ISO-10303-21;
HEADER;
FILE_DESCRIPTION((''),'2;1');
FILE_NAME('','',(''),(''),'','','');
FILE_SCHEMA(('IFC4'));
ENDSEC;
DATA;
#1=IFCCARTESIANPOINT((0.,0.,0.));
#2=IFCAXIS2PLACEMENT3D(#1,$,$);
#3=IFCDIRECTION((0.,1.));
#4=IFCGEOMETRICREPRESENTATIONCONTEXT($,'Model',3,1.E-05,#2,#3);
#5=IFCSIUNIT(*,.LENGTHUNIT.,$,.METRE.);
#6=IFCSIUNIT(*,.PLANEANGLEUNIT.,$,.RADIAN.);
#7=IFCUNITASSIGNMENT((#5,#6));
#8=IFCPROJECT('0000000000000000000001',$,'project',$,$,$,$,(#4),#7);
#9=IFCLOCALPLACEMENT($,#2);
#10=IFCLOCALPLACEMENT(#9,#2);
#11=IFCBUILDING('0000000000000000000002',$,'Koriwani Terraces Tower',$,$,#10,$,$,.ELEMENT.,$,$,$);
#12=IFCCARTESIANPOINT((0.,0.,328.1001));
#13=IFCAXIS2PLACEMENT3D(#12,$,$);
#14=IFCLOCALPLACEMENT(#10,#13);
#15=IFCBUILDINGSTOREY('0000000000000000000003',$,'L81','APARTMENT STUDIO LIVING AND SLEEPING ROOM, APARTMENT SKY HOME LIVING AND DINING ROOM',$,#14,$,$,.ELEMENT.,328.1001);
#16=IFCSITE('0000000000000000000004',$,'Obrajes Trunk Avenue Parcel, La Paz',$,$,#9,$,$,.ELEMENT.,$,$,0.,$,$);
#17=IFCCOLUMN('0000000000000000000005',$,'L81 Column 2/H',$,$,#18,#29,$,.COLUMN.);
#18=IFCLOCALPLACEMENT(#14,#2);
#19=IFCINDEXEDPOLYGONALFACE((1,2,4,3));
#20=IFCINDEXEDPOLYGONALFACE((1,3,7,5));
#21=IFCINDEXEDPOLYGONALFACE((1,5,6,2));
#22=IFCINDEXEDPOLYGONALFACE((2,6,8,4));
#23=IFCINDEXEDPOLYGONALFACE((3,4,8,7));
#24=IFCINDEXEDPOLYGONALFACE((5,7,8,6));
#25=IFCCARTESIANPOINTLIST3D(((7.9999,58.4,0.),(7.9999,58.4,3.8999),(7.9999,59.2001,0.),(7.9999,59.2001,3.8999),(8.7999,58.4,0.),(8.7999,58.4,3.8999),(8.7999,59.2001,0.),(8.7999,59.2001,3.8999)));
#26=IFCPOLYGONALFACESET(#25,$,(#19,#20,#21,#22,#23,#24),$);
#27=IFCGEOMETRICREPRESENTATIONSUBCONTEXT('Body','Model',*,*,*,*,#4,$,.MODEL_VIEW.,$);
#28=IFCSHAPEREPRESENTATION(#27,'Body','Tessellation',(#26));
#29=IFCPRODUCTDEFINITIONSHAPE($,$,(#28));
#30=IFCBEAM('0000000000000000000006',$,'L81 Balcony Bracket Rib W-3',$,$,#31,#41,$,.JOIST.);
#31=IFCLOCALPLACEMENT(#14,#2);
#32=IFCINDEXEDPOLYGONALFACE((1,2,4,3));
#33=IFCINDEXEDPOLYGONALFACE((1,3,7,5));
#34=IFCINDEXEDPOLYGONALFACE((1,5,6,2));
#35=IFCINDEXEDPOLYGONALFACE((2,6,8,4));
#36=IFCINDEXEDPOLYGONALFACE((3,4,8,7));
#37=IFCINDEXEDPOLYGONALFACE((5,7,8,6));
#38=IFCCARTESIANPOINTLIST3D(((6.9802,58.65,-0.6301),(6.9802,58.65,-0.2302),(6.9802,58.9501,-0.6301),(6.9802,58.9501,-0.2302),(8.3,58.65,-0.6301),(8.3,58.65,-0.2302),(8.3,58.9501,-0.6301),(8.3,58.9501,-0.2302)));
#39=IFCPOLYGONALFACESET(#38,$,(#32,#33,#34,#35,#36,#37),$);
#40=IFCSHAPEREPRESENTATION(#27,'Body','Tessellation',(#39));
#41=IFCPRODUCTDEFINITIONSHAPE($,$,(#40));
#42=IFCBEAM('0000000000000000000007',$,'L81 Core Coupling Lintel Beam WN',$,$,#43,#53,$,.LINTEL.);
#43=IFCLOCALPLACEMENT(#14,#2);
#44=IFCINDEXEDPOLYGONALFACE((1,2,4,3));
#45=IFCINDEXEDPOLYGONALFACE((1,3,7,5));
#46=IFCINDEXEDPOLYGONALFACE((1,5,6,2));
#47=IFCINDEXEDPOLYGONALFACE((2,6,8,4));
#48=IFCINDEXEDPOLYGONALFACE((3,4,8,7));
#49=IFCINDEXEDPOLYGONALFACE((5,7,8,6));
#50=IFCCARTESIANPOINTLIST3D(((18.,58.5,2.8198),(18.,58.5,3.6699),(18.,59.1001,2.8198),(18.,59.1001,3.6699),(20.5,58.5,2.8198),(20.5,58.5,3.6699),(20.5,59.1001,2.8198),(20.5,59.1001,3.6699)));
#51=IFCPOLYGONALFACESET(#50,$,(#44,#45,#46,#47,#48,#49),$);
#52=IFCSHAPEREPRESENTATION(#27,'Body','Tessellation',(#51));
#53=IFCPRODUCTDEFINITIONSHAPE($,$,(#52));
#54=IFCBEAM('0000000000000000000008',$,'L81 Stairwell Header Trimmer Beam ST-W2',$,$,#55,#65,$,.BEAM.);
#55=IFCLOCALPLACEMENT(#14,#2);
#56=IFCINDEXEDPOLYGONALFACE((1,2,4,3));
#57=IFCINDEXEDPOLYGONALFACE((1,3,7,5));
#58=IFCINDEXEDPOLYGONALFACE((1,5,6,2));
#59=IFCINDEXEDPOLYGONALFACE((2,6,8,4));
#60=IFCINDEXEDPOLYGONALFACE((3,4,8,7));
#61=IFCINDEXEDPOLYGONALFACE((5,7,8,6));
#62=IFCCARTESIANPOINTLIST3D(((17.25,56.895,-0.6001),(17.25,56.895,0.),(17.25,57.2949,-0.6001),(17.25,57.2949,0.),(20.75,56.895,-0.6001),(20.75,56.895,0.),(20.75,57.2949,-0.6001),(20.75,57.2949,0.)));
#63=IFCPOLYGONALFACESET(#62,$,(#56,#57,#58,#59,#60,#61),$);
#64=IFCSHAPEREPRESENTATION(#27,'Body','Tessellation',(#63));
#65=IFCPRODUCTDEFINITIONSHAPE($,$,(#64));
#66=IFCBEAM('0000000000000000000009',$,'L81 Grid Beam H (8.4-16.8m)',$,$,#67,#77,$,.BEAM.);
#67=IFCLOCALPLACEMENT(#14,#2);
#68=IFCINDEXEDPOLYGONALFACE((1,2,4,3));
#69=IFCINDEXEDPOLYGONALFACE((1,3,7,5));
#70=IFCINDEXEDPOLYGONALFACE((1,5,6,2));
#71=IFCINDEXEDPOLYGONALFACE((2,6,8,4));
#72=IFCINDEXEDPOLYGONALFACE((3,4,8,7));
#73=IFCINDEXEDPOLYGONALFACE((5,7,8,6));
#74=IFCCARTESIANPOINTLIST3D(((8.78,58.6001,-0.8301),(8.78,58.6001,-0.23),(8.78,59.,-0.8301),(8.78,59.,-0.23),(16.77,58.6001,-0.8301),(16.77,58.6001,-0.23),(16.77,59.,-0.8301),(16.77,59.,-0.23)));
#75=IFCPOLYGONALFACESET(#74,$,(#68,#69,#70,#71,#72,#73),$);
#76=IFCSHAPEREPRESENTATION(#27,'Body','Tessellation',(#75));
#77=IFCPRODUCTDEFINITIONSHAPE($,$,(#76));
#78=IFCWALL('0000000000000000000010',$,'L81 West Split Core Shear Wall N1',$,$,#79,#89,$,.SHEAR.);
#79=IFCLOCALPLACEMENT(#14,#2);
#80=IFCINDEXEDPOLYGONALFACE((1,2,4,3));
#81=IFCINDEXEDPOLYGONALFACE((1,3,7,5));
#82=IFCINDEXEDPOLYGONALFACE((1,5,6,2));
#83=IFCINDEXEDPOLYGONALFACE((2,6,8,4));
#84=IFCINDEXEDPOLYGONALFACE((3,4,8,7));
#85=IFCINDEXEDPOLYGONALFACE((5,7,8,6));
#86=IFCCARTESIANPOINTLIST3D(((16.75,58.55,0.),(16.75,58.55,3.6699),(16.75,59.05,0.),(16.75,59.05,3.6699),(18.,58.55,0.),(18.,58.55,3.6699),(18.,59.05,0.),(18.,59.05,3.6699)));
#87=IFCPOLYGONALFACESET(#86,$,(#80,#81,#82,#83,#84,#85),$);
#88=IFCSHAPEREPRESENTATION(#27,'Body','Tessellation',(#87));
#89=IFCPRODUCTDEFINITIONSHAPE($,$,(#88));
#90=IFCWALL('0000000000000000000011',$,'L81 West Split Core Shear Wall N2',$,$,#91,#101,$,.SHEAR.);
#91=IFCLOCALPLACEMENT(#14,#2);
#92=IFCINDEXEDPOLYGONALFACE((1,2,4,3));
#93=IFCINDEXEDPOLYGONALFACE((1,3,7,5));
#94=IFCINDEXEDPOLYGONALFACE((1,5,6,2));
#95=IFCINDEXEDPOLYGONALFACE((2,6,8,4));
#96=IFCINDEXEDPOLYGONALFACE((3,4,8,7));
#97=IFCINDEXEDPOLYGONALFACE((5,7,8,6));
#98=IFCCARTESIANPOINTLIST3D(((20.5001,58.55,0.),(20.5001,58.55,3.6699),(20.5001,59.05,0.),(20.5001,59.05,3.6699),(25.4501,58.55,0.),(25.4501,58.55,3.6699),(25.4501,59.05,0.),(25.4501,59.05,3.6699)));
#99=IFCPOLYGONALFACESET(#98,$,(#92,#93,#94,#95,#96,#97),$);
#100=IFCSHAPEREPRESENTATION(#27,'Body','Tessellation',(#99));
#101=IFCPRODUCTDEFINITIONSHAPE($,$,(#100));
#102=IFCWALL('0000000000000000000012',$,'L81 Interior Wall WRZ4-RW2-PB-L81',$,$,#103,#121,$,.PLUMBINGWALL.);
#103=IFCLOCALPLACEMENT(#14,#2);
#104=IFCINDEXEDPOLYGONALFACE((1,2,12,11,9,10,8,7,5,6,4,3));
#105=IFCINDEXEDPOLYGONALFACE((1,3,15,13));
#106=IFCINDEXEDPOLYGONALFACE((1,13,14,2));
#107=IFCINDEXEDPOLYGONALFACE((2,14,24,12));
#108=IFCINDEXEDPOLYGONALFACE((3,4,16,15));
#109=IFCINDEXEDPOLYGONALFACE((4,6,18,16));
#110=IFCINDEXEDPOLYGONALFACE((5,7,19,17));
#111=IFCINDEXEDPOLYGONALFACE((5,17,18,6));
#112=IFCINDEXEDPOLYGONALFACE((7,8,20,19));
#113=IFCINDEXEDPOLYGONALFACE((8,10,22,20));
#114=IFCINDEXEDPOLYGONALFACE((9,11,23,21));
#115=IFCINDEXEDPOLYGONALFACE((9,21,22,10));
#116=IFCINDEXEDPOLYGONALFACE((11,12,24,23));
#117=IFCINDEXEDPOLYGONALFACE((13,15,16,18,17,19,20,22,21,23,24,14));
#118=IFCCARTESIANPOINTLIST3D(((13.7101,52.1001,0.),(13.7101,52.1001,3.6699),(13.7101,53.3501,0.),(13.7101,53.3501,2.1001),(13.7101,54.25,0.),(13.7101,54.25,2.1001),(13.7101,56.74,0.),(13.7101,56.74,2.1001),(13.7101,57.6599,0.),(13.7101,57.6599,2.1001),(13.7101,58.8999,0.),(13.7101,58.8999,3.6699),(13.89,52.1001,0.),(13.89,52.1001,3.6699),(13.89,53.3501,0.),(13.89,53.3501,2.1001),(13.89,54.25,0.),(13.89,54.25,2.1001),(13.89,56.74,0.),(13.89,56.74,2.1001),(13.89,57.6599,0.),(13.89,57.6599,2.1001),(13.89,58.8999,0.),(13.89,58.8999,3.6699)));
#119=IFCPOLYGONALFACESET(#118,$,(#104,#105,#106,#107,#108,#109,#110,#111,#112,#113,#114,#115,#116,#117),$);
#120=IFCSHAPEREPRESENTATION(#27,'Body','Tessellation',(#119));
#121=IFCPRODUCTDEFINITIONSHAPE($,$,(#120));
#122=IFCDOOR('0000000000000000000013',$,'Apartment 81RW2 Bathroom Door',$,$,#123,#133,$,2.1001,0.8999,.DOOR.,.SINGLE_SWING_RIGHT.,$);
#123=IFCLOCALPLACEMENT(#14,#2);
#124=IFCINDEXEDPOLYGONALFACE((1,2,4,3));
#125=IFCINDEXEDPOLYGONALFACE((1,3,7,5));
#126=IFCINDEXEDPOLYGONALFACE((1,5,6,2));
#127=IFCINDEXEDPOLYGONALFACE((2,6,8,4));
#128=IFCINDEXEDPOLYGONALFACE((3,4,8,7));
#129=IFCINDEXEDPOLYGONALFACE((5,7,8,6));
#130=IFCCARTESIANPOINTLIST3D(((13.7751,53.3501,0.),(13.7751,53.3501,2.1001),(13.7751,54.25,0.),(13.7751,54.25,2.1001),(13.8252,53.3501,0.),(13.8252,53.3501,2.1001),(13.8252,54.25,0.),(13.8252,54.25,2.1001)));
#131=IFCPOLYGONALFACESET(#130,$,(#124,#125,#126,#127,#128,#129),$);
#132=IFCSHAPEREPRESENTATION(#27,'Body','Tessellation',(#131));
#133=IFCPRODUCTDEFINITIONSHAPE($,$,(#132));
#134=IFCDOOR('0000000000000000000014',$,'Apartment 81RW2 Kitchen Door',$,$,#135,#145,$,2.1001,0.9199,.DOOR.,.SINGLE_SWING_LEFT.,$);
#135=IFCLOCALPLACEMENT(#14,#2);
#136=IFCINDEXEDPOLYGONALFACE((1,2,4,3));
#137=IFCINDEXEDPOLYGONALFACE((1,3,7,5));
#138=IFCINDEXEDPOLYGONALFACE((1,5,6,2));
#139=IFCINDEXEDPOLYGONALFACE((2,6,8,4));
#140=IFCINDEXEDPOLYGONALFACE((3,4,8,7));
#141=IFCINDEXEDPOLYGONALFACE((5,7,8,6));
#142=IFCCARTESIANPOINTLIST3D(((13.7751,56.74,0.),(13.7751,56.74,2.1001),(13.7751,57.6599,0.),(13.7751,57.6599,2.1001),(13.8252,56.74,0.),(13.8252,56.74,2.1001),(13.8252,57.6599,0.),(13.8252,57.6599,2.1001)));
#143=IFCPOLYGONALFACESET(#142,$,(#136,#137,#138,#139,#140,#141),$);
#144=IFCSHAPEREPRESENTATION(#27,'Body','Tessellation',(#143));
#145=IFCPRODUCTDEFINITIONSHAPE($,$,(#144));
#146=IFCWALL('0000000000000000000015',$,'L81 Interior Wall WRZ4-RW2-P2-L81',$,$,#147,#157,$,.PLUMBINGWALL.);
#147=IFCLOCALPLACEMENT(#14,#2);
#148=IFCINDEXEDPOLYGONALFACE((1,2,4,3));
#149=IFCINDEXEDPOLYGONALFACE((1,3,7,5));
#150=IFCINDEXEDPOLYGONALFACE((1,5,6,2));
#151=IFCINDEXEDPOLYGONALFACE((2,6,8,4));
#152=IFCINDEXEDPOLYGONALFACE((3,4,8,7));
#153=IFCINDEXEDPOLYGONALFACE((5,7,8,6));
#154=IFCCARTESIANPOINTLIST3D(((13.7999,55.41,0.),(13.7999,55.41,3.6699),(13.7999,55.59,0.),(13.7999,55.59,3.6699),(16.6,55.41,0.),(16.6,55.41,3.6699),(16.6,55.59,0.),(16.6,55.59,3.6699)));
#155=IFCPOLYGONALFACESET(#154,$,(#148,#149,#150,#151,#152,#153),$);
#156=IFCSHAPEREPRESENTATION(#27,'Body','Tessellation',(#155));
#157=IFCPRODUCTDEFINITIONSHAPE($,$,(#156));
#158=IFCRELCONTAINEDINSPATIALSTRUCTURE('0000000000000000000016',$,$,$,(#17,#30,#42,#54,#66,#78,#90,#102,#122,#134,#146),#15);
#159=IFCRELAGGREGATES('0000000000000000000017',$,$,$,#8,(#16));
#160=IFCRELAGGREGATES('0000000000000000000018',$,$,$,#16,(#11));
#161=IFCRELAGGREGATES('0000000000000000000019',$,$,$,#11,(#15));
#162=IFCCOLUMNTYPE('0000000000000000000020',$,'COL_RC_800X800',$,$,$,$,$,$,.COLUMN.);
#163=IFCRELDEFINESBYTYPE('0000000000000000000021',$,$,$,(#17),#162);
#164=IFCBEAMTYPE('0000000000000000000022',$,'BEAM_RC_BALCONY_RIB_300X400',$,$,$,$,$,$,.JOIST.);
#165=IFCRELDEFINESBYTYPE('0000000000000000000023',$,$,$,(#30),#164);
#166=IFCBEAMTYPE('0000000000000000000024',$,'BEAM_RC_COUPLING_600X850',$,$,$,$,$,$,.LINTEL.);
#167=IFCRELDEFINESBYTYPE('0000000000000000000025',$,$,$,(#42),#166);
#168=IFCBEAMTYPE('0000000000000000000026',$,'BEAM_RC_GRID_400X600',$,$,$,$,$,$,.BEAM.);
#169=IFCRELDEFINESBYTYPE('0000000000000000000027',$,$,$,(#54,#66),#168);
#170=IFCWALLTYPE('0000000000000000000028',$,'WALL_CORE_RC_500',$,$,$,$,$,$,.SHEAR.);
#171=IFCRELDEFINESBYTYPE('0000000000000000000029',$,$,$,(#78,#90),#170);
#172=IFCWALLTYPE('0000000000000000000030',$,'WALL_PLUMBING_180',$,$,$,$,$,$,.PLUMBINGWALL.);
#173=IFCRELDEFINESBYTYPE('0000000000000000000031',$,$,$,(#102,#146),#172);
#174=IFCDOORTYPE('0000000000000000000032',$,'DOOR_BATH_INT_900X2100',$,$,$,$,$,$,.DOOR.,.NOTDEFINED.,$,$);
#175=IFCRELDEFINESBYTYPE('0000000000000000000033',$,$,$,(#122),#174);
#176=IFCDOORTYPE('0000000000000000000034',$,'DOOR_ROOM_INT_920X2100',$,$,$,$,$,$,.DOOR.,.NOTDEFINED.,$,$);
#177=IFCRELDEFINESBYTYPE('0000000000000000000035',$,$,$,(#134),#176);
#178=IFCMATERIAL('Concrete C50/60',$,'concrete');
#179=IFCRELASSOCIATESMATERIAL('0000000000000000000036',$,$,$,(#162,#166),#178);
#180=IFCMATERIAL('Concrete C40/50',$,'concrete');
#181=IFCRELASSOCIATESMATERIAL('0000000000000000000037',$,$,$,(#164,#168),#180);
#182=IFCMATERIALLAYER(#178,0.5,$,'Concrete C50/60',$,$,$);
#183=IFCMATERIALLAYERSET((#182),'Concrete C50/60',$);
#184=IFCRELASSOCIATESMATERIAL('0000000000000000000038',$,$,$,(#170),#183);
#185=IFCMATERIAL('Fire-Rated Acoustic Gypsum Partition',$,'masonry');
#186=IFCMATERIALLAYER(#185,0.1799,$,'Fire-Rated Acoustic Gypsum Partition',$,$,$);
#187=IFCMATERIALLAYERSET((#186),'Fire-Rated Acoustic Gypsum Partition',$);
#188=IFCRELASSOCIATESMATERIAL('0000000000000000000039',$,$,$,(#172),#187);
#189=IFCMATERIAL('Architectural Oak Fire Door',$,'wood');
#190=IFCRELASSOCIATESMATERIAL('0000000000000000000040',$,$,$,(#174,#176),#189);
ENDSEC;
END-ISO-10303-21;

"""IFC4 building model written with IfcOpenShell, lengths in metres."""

from ifc_helpers import new_model, si_unit, direction, frame, frame_2d, origin, origin_2d, place, context, subcontext, project, spatial, rectangle, extrude, material, layer, layer_set, material_profile, profile_set, type_object, element, fill, save


model = new_model("IFC4")

# Units and contexts
model_context = context("Model", 3, precision=1e-05, world=origin(), true_north=direction((0.0, 1.0)))
body_context = subcontext(model_context, "Body", "Model", "MODEL_VIEW")
ifc_project = project(units=[si_unit("LENGTHUNIT", "METRE"), si_unit("PLANEANGLEUNIT", "RADIAN")], contexts=[model_context])

# Site, building, storey
site_placement = place(None, origin())
site = spatial("IfcSite", under=ifc_project, at=site_placement, Name="Obrajes Trunk Avenue Parcel, La Paz", CompositionType="ELEMENT", RefElevation=0.0)
building_placement = place(site_placement, origin())
building = spatial("IfcBuilding", under=site, at=building_placement, Name="Koriwani Terraces Tower", CompositionType="ELEMENT")
storey_placement = place(building_placement, frame((0.0, 0.0, 328.1001)))
storey = spatial("IfcBuildingStorey", under=building, at=storey_placement, Name="L81", Description="APARTMENT STUDIO LIVING AND SLEEPING ROOM, APARTMENT SKY HOME LIVING AND DINING ROOM", CompositionType="ELEMENT", Elevation=328.1001)

# Column
ifc_material_1 = material(Name="Concrete C50/60", Category="concrete")
ifc_material_profile_1 = material_profile(ifc_material_1, rectangle(XDim=0.8, YDim=0.8, at=origin_2d()), Name="Concrete C50/60", Category="LoadBearing")
ifc_profile_set_1 = profile_set([ifc_material_profile_1], Name="Concrete C50/60")
column_type = type_object("IfcColumnType", Name="COL_RC_800X800", PredefinedType="COLUMN", material=ifc_profile_set_1)
column_placement = place(storey_placement, frame((8.3999, 58.8, 0.0), z_axis=(0.0, 0.0, 1.0), x_axis=(1.0, 0.0, 0.0)))
element("IfcColumn", 1, at=column_placement, inside=storey, type_object=column_type, Name="L81 Column 2/H", PredefinedType="COLUMN", context=body_context, shape_type="SweptSolid", body=[
    extrude(rectangle(XDim=0.8, YDim=0.8, at=origin_2d()), origin(), (0.0, 0.0, 1.0), 3.8999),
])

# Beams
ifc_material_2 = material(Name="Concrete C40/50", Category="concrete")
ifc_material_profile_2 = material_profile(ifc_material_2, rectangle(XDim=0.3, YDim=0.3999, at=origin_2d()), Name="Concrete C40/50", Category="LoadBearing")
ifc_profile_set_2 = profile_set([ifc_material_profile_2], Name="Concrete C40/50")
beam_type_1 = type_object("IfcBeamType", Name="BEAM_RC_BALCONY_RIB_300X400", PredefinedType="JOIST", material=ifc_profile_set_2)
beam_1_placement = place(storey_placement, frame((6.9802, 58.8, -0.4302), z_axis=(1.0, 0.0, 0.0), x_axis=(0.0, 1.0, 0.0)))
element("IfcBeam", 2, at=beam_1_placement, inside=storey, type_object=beam_type_1, Name="L81 Balcony Bracket Rib W-3", PredefinedType="JOIST", context=body_context, shape_type="SweptSolid", body=[
    extrude(rectangle(XDim=0.3, YDim=0.3999, at=origin_2d()), origin(), (0.0, 0.0, 1.0), 1.3198),
])
ifc_material_profile_3 = material_profile(ifc_material_1, rectangle(XDim=0.6001, YDim=0.8501, at=origin_2d()), Name="Concrete C50/60", Category="LoadBearing")
ifc_profile_set_3 = profile_set([ifc_material_profile_3], Name="Concrete C50/60")
beam_type_2 = type_object("IfcBeamType", Name="BEAM_RC_COUPLING_600X850", PredefinedType="LINTEL", material=ifc_profile_set_3)
beam_2_placement = place(storey_placement, frame((18.0, 58.8, 3.2449), z_axis=(1.0, 0.0, 0.0), x_axis=(0.0, 1.0, 0.0)))
element("IfcBeam", 3, at=beam_2_placement, inside=storey, type_object=beam_type_2, Name="L81 Core Coupling Lintel Beam WN", PredefinedType="LINTEL", context=body_context, shape_type="SweptSolid", body=[
    extrude(rectangle(XDim=0.6001, YDim=0.8501, at=origin_2d()), origin(), (0.0, 0.0, 1.0), 2.5),
])
ifc_material_profile_4 = material_profile(ifc_material_2, rectangle(XDim=0.3999, YDim=0.6001, at=origin_2d()), Name="Concrete C40/50", Category="LoadBearing")
ifc_profile_set_4 = profile_set([ifc_material_profile_4], Name="Concrete C40/50")
beam_type_3 = type_object("IfcBeamType", Name="BEAM_RC_GRID_400X600", PredefinedType="BEAM", material=ifc_profile_set_4)
beam_3_placement = place(storey_placement, frame((17.25, 57.095, -0.3), z_axis=(1.0, 0.0, 0.0), x_axis=(0.0, 1.0, 0.0)))
element("IfcBeam", 4, at=beam_3_placement, inside=storey, type_object=beam_type_3, Name="L81 Stairwell Header Trimmer Beam ST-W2", PredefinedType="BEAM", context=body_context, shape_type="SweptSolid", body=[
    extrude(rectangle(XDim=0.3999, YDim=0.6001, at=origin_2d()), origin(), (0.0, 0.0, 1.0), 3.5),
])
beam_4_placement = place(storey_placement, frame((8.78, 58.8, -0.53), z_axis=(1.0, 0.0, 0.0), x_axis=(0.0, 1.0, 0.0)))
element("IfcBeam", 5, at=beam_4_placement, inside=storey, type_object=beam_type_3, Name="L81 Grid Beam H (8.4-16.8m)", PredefinedType="BEAM", context=body_context, shape_type="SweptSolid", body=[
    extrude(rectangle(XDim=0.3999, YDim=0.6001, at=origin_2d()), origin(), (0.0, 0.0, 1.0), 7.99),
])

# Walls
ifc_layer_1 = layer(ifc_material_1, 0.5, Name="Concrete C50/60")
ifc_layer_set_1 = layer_set([ifc_layer_1], Name="Concrete C50/60")
wall_type_1 = type_object("IfcWallType", Name="WALL_CORE_RC_500", PredefinedType="SHEAR", material=ifc_layer_set_1)
wall_1_placement = place(storey_placement, frame((16.75, 58.8, 0.0), z_axis=(0.0, 0.0, 1.0), x_axis=(1.0, 0.0, 0.0)))
element("IfcWall", 6, at=wall_1_placement, inside=storey, type_object=wall_type_1, Name="L81 West Split Core Shear Wall N1", PredefinedType="SHEAR", context=body_context, shape_type="SweptSolid", body=[
    extrude(rectangle(XDim=1.25, YDim=0.5, at=frame_2d((0.625, 0.0))), origin(), (0.0, 0.0, 1.0), 3.6699),
])
wall_2_placement = place(storey_placement, frame((20.5, 58.8, 0.0), z_axis=(0.0, 0.0, 1.0), x_axis=(1.0, 0.0, 0.0)))
element("IfcWall", 7, at=wall_2_placement, inside=storey, type_object=wall_type_1, Name="L81 West Split Core Shear Wall N2", PredefinedType="SHEAR", context=body_context, shape_type="SweptSolid", body=[
    extrude(rectangle(XDim=4.95, YDim=0.5, at=frame_2d((2.4751, 0.0))), origin(), (0.0, 0.0, 1.0), 3.6699),
])

# Wall, openings, doors
ifc_material_3 = material(Name="Fire-Rated Acoustic Gypsum Partition", Category="masonry")
ifc_layer_2 = layer(ifc_material_3, 0.1799, Name="Fire-Rated Acoustic Gypsum Partition")
ifc_layer_set_2 = layer_set([ifc_layer_2], Name="Fire-Rated Acoustic Gypsum Partition")
wall_type_2 = type_object("IfcWallType", Name="WALL_PLUMBING_180", PredefinedType="PLUMBINGWALL", material=ifc_layer_set_2)
wall_3_placement = place(storey_placement, frame((13.8, 52.1001, 0.0), z_axis=(0.0, 0.0, 1.0), x_axis=(0.0, 1.0, 0.0)))
wall_3 = element("IfcWall", 8, at=wall_3_placement, inside=storey, type_object=wall_type_2, Name="L81 Interior Wall WRZ4-RW2-PB-L81", PredefinedType="PLUMBINGWALL", context=body_context, shape_type="SweptSolid", body=[
    extrude(rectangle(XDim=6.7998, YDim=0.1799, at=frame_2d((3.3999, 0.0))), origin(), (0.0, 0.0, 1.0), 3.6699),
])
opening_1_placement = place(wall_3_placement, frame((1.25, 0.0, 0.0)))
opening_1 = element("IfcOpeningElement", 9, at=opening_1_placement, cuts=wall_3, PredefinedType="OPENING", context=body_context, shape_type="SweptSolid", body=[
    extrude(rectangle(XDim=0.8999, YDim=2.1001, at=frame_2d((0.45, 1.05))), frame((0.0, 0.1001, 0.0), z_axis=(0.0, -1.0, 0.0), x_axis=(1.0, 0.0, 0.0)), (0.0, 0.0, 1.0), 0.2),
])
opening_2_placement = place(wall_3_placement, frame((4.6399, 0.0, 0.0)))
opening_2 = element("IfcOpeningElement", 10, at=opening_2_placement, cuts=wall_3, PredefinedType="OPENING", context=body_context, shape_type="SweptSolid", body=[
    extrude(rectangle(XDim=0.9199, YDim=2.1001, at=frame_2d((0.46, 1.05))), frame((0.0, 0.1001, 0.0), z_axis=(0.0, -1.0, 0.0), x_axis=(1.0, 0.0, 0.0)), (0.0, 0.0, 1.0), 0.2),
])
ifc_material_4 = material(Name="Architectural Oak Fire Door", Category="wood")
door_type_1 = type_object("IfcDoorType", Name="DOOR_BATH_INT_900X2100", OperationType="NOTDEFINED", PredefinedType="DOOR", material=ifc_material_4)
door_1_placement = place(opening_1_placement, origin())
door_1 = element("IfcDoor", 11, at=door_1_placement, inside=storey, type_object=door_type_1, Name="Apartment 81RW2 Bathroom Door", OperationType="SINGLE_SWING_RIGHT", OverallHeight=2.1001, OverallWidth=0.8999, PredefinedType="DOOR", context=body_context, shape_type="SweptSolid", body=[
    extrude(rectangle(XDim=0.8999, YDim=2.1001, at=frame_2d((0.45, 1.05))), frame((0.0, 0.0249, 0.0), z_axis=(0.0, -1.0, 0.0), x_axis=(1.0, 0.0, 0.0)), (0.0, 0.0, 1.0), 0.05),
])
fill(opening_1, door_1)
door_type_2 = type_object("IfcDoorType", Name="DOOR_ROOM_INT_920X2100", OperationType="NOTDEFINED", PredefinedType="DOOR", material=ifc_material_4)
door_2_placement = place(opening_2_placement, origin())
door_2 = element("IfcDoor", 12, at=door_2_placement, inside=storey, type_object=door_type_2, Name="Apartment 81RW2 Kitchen Door", OperationType="SINGLE_SWING_LEFT", OverallHeight=2.1001, OverallWidth=0.9199, PredefinedType="DOOR", context=body_context, shape_type="SweptSolid", body=[
    extrude(rectangle(XDim=0.9199, YDim=2.1001, at=frame_2d((0.46, 1.05))), frame((0.0, 0.0249, 0.0), z_axis=(0.0, -1.0, 0.0), x_axis=(1.0, 0.0, 0.0)), (0.0, 0.0, 1.0), 0.05),
])
fill(opening_2, door_2)

# Wall
wall_4_placement = place(storey_placement, frame((13.8, 55.5, 0.0), z_axis=(0.0, 0.0, 1.0), x_axis=(1.0, 0.0, 0.0)))
element("IfcWall", 13, at=wall_4_placement, inside=storey, type_object=wall_type_2, Name="L81 Interior Wall WRZ4-RW2-P2-L81", PredefinedType="PLUMBINGWALL", context=body_context, shape_type="SweptSolid", body=[
    extrude(rectangle(XDim=2.8, YDim=0.1799, at=frame_2d((1.3999, 0.0))), origin(), (0.0, 0.0, 1.0), 3.6699),
])

save(model, "model.ifc")
